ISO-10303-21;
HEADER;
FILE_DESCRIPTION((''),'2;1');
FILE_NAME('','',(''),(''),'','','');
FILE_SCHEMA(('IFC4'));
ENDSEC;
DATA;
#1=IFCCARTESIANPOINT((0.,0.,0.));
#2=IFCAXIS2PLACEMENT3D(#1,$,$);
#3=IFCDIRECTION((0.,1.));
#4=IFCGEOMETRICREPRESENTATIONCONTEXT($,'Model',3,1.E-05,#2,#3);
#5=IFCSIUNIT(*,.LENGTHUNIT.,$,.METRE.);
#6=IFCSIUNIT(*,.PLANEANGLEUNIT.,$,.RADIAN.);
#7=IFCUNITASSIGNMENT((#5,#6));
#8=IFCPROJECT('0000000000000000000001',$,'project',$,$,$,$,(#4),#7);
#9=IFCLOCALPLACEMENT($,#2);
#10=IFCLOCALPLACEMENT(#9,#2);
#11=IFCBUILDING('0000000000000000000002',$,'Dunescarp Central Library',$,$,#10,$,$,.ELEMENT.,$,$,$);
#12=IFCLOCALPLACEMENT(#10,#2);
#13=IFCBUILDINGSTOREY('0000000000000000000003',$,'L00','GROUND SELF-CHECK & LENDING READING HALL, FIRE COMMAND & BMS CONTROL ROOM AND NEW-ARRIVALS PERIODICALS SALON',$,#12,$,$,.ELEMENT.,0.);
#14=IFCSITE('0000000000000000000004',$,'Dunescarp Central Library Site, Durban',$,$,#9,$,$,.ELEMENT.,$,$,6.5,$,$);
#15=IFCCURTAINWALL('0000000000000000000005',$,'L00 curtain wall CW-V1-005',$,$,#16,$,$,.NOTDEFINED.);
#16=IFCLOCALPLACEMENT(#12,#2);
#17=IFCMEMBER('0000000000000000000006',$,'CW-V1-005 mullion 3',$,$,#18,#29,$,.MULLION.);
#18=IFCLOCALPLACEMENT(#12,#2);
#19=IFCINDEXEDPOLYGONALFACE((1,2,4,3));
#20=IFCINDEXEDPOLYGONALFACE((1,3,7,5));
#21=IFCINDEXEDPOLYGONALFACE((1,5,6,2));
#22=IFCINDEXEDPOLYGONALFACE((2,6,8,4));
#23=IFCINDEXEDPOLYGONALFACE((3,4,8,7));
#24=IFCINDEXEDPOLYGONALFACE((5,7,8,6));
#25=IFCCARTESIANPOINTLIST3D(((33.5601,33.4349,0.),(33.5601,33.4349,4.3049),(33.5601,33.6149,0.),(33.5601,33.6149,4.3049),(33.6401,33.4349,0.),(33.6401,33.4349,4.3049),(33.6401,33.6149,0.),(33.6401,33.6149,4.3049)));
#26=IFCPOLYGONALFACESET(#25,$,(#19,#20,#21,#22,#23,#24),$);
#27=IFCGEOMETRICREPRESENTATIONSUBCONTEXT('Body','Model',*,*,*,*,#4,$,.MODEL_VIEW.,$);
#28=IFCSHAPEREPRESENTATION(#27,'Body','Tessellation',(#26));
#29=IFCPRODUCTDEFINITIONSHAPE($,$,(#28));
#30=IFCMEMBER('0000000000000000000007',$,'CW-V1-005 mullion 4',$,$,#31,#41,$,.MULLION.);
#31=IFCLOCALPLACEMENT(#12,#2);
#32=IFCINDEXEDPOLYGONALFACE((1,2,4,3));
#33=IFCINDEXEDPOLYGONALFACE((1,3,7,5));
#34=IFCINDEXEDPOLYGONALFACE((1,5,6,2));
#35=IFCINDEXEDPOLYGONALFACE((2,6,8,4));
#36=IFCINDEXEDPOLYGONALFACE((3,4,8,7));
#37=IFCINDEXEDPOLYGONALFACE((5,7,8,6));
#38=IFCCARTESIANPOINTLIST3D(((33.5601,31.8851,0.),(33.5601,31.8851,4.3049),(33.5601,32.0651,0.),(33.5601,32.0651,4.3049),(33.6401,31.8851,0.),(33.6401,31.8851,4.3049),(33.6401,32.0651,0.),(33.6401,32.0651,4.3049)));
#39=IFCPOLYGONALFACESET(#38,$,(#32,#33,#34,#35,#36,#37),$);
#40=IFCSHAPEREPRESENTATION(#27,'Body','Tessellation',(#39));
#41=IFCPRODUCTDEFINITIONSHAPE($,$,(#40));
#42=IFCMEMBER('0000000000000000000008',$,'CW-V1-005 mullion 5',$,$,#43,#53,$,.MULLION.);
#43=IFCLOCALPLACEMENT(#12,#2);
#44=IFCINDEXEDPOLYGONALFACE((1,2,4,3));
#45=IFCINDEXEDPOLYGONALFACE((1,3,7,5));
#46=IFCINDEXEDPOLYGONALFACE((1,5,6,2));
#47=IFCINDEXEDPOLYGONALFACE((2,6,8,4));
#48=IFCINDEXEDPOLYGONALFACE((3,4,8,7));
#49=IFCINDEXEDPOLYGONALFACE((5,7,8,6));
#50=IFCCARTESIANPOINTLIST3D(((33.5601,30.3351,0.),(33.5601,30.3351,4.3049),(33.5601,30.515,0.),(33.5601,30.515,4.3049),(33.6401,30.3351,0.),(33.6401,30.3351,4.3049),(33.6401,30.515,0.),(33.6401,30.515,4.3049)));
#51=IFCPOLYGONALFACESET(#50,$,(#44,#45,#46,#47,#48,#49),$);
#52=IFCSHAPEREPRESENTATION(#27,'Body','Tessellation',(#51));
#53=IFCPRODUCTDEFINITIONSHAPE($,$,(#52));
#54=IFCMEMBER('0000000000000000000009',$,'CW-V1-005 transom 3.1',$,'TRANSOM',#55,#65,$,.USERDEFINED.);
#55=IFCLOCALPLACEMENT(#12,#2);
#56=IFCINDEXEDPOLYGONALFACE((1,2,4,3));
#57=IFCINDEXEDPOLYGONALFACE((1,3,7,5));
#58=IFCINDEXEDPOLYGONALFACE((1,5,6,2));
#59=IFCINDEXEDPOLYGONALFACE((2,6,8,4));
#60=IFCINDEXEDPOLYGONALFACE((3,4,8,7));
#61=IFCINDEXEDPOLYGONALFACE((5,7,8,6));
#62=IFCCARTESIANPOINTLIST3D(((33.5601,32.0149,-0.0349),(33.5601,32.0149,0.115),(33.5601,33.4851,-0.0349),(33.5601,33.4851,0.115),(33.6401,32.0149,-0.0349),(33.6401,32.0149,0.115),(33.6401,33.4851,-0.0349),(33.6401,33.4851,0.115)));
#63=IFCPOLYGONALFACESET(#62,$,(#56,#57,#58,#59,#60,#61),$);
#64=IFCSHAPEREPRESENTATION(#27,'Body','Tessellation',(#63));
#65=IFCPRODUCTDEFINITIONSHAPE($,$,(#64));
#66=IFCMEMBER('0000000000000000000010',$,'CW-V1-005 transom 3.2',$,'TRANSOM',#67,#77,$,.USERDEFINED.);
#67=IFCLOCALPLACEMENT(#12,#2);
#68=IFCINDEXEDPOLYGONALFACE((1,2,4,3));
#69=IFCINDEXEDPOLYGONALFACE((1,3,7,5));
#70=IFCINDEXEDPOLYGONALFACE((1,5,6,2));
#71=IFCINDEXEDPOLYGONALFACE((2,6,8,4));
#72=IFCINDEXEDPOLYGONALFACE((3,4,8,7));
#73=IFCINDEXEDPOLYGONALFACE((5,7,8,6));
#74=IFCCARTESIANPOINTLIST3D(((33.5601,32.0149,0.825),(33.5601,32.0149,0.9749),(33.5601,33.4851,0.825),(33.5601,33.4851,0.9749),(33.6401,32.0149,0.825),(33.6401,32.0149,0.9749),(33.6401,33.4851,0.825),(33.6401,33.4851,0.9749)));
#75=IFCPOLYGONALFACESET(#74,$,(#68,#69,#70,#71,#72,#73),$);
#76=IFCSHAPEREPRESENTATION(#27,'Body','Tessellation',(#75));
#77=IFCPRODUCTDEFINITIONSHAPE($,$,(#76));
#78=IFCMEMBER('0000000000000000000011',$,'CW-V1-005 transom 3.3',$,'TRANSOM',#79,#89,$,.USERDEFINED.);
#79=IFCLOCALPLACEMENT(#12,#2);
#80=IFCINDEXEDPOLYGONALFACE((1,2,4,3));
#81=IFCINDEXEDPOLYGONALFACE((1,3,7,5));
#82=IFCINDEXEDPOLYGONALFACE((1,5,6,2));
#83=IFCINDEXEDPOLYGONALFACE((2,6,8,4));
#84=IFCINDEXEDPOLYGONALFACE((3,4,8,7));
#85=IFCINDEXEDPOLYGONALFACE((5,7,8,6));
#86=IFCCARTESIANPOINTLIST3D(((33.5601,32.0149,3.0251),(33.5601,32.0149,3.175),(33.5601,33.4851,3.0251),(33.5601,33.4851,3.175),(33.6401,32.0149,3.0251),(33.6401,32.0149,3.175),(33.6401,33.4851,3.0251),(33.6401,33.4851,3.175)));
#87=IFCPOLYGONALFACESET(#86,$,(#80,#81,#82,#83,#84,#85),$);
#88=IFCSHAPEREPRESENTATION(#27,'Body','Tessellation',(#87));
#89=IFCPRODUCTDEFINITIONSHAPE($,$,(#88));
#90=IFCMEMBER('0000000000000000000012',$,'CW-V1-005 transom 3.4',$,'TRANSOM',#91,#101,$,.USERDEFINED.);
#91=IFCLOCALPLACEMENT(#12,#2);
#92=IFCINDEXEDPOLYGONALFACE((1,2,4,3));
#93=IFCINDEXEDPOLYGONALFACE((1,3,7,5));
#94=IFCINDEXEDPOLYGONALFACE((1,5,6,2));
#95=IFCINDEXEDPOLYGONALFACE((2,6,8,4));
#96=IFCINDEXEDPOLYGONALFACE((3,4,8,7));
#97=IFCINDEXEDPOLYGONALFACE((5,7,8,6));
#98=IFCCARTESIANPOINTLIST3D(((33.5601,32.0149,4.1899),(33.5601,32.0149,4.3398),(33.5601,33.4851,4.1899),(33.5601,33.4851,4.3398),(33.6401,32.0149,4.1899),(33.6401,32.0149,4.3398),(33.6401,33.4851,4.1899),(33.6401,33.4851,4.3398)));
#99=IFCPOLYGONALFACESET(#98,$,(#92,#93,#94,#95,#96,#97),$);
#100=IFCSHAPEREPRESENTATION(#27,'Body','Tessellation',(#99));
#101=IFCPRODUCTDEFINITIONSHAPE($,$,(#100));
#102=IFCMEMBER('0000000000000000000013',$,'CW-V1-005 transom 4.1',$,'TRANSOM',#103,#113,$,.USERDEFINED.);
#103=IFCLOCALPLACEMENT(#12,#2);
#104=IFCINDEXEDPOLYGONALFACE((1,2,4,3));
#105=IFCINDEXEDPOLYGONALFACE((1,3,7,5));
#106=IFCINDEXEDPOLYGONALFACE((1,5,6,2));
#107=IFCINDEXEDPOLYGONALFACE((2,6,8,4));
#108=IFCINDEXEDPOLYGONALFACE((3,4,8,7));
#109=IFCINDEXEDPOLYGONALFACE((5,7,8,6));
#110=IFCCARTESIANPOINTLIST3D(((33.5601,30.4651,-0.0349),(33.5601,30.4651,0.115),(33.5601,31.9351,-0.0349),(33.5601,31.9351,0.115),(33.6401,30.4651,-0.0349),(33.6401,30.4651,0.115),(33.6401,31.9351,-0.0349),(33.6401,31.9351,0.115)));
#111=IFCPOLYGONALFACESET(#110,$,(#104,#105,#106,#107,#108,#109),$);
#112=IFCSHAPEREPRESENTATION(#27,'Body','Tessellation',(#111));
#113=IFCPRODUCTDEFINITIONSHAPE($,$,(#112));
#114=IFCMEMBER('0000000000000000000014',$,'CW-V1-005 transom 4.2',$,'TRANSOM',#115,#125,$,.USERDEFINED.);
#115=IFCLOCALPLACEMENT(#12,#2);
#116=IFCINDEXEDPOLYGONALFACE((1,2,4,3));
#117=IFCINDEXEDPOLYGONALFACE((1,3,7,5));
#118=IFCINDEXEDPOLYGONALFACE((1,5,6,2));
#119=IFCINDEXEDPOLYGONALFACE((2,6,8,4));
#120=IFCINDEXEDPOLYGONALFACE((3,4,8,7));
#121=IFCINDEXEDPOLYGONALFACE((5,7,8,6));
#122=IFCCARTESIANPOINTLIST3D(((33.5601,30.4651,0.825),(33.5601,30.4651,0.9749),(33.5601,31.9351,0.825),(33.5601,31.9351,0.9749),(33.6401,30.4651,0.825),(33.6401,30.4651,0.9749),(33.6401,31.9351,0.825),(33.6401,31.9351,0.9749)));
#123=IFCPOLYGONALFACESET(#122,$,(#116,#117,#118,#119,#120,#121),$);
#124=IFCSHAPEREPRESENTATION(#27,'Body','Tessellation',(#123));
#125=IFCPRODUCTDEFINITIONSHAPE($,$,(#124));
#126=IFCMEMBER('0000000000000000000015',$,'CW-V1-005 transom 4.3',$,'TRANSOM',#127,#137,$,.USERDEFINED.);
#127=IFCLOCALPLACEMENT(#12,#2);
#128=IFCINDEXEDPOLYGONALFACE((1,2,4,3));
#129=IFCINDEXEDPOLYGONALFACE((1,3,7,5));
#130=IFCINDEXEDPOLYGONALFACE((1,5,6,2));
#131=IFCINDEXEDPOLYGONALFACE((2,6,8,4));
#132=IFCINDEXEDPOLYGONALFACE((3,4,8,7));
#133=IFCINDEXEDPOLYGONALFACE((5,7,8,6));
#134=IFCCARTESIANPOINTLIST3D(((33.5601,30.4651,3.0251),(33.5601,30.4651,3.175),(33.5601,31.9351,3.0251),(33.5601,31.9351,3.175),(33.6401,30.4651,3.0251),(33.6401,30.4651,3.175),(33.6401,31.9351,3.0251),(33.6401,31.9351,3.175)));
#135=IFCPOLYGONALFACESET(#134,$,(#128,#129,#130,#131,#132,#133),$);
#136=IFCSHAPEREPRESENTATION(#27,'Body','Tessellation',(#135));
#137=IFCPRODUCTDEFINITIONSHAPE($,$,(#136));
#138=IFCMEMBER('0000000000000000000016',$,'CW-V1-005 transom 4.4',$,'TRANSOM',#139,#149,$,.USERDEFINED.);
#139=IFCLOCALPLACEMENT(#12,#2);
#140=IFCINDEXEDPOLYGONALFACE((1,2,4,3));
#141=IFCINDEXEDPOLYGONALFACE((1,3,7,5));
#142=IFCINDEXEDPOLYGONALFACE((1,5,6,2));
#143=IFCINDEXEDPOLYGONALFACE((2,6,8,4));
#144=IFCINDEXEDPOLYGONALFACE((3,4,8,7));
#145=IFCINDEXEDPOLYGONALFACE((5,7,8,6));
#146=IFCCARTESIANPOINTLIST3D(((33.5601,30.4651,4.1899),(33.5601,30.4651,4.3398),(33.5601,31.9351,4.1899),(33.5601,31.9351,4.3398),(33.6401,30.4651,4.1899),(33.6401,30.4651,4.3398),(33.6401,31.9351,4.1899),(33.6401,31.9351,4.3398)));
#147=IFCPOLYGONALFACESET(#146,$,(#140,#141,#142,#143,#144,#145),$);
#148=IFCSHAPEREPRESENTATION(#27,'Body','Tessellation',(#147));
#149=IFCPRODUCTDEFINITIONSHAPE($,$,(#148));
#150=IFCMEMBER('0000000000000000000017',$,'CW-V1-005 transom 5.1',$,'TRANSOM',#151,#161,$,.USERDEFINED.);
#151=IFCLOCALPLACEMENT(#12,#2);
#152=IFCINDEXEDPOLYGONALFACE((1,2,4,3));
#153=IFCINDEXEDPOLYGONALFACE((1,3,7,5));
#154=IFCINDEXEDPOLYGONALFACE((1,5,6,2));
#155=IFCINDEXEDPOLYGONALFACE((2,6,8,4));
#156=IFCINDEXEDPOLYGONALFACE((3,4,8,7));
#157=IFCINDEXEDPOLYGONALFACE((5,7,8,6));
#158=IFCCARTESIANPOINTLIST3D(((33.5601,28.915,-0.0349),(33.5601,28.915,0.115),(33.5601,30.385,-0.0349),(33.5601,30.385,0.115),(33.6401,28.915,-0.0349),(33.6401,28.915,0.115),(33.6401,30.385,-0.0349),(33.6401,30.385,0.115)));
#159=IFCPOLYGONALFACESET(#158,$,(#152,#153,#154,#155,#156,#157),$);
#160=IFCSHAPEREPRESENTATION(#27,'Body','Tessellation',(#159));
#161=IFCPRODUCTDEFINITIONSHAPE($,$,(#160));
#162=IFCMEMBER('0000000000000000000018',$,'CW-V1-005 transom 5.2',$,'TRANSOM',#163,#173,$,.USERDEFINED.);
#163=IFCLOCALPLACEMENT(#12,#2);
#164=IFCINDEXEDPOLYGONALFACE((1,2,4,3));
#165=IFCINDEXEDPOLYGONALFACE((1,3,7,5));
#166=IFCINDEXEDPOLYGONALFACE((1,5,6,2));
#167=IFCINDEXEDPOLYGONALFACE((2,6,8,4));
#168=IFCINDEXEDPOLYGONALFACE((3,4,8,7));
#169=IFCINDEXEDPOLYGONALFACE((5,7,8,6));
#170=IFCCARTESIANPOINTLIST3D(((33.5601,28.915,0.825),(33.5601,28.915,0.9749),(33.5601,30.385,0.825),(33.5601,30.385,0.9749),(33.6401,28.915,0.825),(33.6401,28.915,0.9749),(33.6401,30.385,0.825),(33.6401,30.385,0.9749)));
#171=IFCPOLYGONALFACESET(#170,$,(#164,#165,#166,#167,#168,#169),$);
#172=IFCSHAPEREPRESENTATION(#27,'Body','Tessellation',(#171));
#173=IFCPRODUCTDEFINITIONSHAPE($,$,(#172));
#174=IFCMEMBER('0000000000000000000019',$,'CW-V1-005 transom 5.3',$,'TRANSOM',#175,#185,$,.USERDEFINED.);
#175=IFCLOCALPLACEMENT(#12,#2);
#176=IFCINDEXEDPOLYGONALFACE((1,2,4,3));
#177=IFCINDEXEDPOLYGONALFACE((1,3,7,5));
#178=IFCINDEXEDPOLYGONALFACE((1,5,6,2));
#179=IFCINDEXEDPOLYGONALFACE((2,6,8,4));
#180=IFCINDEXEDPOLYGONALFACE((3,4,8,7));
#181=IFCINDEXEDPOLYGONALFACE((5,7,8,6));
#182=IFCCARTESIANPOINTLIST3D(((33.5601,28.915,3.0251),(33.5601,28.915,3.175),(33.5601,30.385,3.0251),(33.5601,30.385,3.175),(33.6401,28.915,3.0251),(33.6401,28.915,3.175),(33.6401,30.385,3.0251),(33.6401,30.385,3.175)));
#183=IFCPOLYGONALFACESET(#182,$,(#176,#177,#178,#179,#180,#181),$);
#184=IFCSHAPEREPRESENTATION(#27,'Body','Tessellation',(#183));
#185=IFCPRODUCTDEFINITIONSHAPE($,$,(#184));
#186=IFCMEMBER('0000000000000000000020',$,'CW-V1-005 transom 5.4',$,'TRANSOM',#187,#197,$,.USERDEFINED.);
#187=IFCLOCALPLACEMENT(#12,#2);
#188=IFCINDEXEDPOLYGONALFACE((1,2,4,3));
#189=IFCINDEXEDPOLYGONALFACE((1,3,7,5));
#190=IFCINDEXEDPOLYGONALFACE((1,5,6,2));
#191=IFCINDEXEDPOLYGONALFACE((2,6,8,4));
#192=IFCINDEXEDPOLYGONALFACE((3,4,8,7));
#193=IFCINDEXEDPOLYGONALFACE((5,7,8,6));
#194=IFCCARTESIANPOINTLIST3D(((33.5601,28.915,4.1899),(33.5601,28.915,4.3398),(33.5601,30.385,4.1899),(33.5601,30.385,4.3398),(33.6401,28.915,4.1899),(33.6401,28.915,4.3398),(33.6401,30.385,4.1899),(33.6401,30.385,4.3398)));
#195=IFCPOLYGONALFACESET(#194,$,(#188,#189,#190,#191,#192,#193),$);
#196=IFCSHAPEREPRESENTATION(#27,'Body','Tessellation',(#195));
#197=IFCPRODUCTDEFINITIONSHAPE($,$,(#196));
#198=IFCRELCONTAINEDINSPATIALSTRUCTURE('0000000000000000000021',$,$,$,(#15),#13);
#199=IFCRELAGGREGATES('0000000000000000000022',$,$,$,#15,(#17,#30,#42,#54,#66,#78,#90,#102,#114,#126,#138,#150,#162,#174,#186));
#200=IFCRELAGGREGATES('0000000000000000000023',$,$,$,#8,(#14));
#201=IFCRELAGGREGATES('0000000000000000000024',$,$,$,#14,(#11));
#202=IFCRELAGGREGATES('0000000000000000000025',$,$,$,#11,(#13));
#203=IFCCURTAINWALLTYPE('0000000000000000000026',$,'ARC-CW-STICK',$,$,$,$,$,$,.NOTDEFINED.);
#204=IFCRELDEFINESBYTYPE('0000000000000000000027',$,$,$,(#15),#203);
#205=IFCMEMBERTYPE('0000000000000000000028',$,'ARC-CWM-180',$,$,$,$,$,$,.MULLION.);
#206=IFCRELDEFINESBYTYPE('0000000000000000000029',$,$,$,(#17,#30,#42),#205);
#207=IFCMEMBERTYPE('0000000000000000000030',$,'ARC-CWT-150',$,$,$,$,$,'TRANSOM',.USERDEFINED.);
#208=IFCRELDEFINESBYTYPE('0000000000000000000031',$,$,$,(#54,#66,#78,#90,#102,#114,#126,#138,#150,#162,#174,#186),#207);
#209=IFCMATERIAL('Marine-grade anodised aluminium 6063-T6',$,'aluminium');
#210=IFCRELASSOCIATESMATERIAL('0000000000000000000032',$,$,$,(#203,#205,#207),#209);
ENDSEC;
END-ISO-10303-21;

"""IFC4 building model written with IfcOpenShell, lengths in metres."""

from ifc_helpers import new_model, si_unit, direction, frame, origin, origin_2d, place, context, subcontext, project, spatial, rectangle, extrude, material, material_profile, profile_set, type_object, element, aggregate, save


model = new_model("IFC4")

# Units and contexts
model_context = context("Model", 3, precision=1e-05, world=origin(), true_north=direction((0.0, 1.0)))
body_context = subcontext(model_context, "Body", "Model", "MODEL_VIEW")
ifc_project = project(units=[si_unit("LENGTHUNIT", "METRE"), si_unit("PLANEANGLEUNIT", "RADIAN")], contexts=[model_context])

# Site, building, storey
site_placement = place(None, origin())
site = spatial("IfcSite", under=ifc_project, at=site_placement, Name="Dunescarp Central Library Site, Durban", CompositionType="ELEMENT", RefElevation=6.5)
building_placement = place(site_placement, origin())
building = spatial("IfcBuilding", under=site, at=building_placement, Name="Dunescarp Central Library", CompositionType="ELEMENT")
storey_placement = place(building_placement, origin())
storey = spatial("IfcBuildingStorey", under=building, at=storey_placement, Name="L00", Description="GROUND SELF-CHECK & LENDING READING HALL, FIRE COMMAND & BMS CONTROL ROOM AND NEW-ARRIVALS PERIODICALS SALON", CompositionType="ELEMENT", Elevation=0.0)

# Curtain wall, members
ifc_material_1 = material(Name="Marine-grade anodised aluminium 6063-T6", Category="aluminium")
curtain_wall_type = type_object("IfcCurtainWallType", Name="ARC-CW-STICK", PredefinedType="NOTDEFINED", material=ifc_material_1)
curtain_wall_placement = place(storey_placement, origin())
curtain_wall = element("IfcCurtainWall", 1, at=curtain_wall_placement, inside=storey, type_object=curtain_wall_type, Name="L00 curtain wall CW-V1-005", PredefinedType="NOTDEFINED")
ifc_material_profile_1 = material_profile(ifc_material_1, rectangle(XDim=0.0801, YDim=0.1799, at=origin_2d()), Name="AL 80x180")
ifc_profile_set_1 = profile_set([ifc_material_profile_1], Name="Marine-grade anodised aluminium 6063-T6")
member_type_1 = type_object("IfcMemberType", Name="ARC-CWM-180", PredefinedType="MULLION", material=ifc_profile_set_1)
member_1_placement = place(storey_placement, frame((33.6001, 33.5249, 0.0), z_axis=(0.0, 0.0, 1.0), x_axis=(1.0, 0.0, 0.0)))
member_1 = element("IfcMember", 2, at=member_1_placement, type_object=member_type_1, Name="CW-V1-005 mullion 3", PredefinedType="MULLION", context=body_context, shape_type="SweptSolid", body=[
    extrude(rectangle(XDim=0.0801, YDim=0.1799, at=origin_2d()), origin(), (0.0, 0.0, 1.0), 4.3049),
])
member_2_placement = place(storey_placement, frame((33.6001, 31.9751, 0.0), z_axis=(0.0, 0.0, 1.0), x_axis=(1.0, 0.0, 0.0)))
member_2 = element("IfcMember", 3, at=member_2_placement, type_object=member_type_1, Name="CW-V1-005 mullion 4", PredefinedType="MULLION", context=body_context, shape_type="SweptSolid", body=[
    extrude(rectangle(XDim=0.0801, YDim=0.1799, at=origin_2d()), origin(), (0.0, 0.0, 1.0), 4.3049),
])
member_3_placement = place(storey_placement, frame((33.6001, 30.425, 0.0), z_axis=(0.0, 0.0, 1.0), x_axis=(1.0, 0.0, 0.0)))
member_3 = element("IfcMember", 4, at=member_3_placement, type_object=member_type_1, Name="CW-V1-005 mullion 5", PredefinedType="MULLION", context=body_context, shape_type="SweptSolid", body=[
    extrude(rectangle(XDim=0.0801, YDim=0.1799, at=origin_2d()), origin(), (0.0, 0.0, 1.0), 4.3049),
])
ifc_material_profile_2 = material_profile(ifc_material_1, rectangle(XDim=0.0801, YDim=0.1499, at=origin_2d()), Name="AL 80x150")
ifc_profile_set_2 = profile_set([ifc_material_profile_2], Name="Marine-grade anodised aluminium 6063-T6")
member_type_2 = type_object("IfcMemberType", Name="ARC-CWT-150", ElementType="TRANSOM", PredefinedType="USERDEFINED", material=ifc_profile_set_2)
member_4_placement = place(storey_placement, frame((33.6001, 33.4851, 0.04), z_axis=(0.0, -1.0, 0.0), x_axis=(1.0, 0.0, 0.0)))
member_4 = element("IfcMember", 5, at=member_4_placement, type_object=member_type_2, Name="CW-V1-005 transom 3.1", ObjectType="TRANSOM", PredefinedType="USERDEFINED", context=body_context, shape_type="SweptSolid", body=[
    extrude(rectangle(XDim=0.0801, YDim=0.1499, at=origin_2d()), origin(), (0.0, 0.0, 1.0), 1.4702),
])
member_5_placement = place(storey_placement, frame((33.6001, 33.4851, 0.8999), z_axis=(0.0, -1.0, 0.0), x_axis=(1.0, 0.0, 0.0)))
member_5 = element("IfcMember", 6, at=member_5_placement, type_object=member_type_2, Name="CW-V1-005 transom 3.2", ObjectType="TRANSOM", PredefinedType="USERDEFINED", context=body_context, shape_type="SweptSolid", body=[
    extrude(rectangle(XDim=0.0801, YDim=0.1499, at=origin_2d()), origin(), (0.0, 0.0, 1.0), 1.4702),
])
member_6_placement = place(storey_placement, frame((33.6001, 33.4851, 3.1001), z_axis=(0.0, -1.0, 0.0), x_axis=(1.0, 0.0, 0.0)))
member_6 = element("IfcMember", 7, at=member_6_placement, type_object=member_type_2, Name="CW-V1-005 transom 3.3", ObjectType="TRANSOM", PredefinedType="USERDEFINED", context=body_context, shape_type="SweptSolid", body=[
    extrude(rectangle(XDim=0.0801, YDim=0.1499, at=origin_2d()), origin(), (0.0, 0.0, 1.0), 1.4702),
])
member_7_placement = place(storey_placement, frame((33.6001, 33.4851, 4.2649), z_axis=(0.0, -1.0, 0.0), x_axis=(1.0, 0.0, 0.0)))
member_7 = element("IfcMember", 8, at=member_7_placement, type_object=member_type_2, Name="CW-V1-005 transom 3.4", ObjectType="TRANSOM", PredefinedType="USERDEFINED", context=body_context, shape_type="SweptSolid", body=[
    extrude(rectangle(XDim=0.0801, YDim=0.1499, at=origin_2d()), origin(), (0.0, 0.0, 1.0), 1.4702),
])
member_8_placement = place(storey_placement, frame((33.6001, 31.9351, 0.04), z_axis=(0.0, -1.0, 0.0), x_axis=(1.0, 0.0, 0.0)))
member_8 = element("IfcMember", 9, at=member_8_placement, type_object=member_type_2, Name="CW-V1-005 transom 4.1", ObjectType="TRANSOM", PredefinedType="USERDEFINED", context=body_context, shape_type="SweptSolid", body=[
    extrude(rectangle(XDim=0.0801, YDim=0.1499, at=origin_2d()), origin(), (0.0, 0.0, 1.0), 1.47),
])
member_9_placement = place(storey_placement, frame((33.6001, 31.9351, 0.8999), z_axis=(0.0, -1.0, 0.0), x_axis=(1.0, 0.0, 0.0)))
member_9 = element("IfcMember", 10, at=member_9_placement, type_object=member_type_2, Name="CW-V1-005 transom 4.2", ObjectType="TRANSOM", PredefinedType="USERDEFINED", context=body_context, shape_type="SweptSolid", body=[
    extrude(rectangle(XDim=0.0801, YDim=0.1499, at=origin_2d()), origin(), (0.0, 0.0, 1.0), 1.47),
])
member_10_placement = place(storey_placement, frame((33.6001, 31.9351, 3.1001), z_axis=(0.0, -1.0, 0.0), x_axis=(1.0, 0.0, 0.0)))
member_10 = element("IfcMember", 11, at=member_10_placement, type_object=member_type_2, Name="CW-V1-005 transom 4.3", ObjectType="TRANSOM", PredefinedType="USERDEFINED", context=body_context, shape_type="SweptSolid", body=[
    extrude(rectangle(XDim=0.0801, YDim=0.1499, at=origin_2d()), origin(), (0.0, 0.0, 1.0), 1.47),
])
member_11_placement = place(storey_placement, frame((33.6001, 31.9351, 4.2649), z_axis=(0.0, -1.0, 0.0), x_axis=(1.0, 0.0, 0.0)))
member_11 = element("IfcMember", 12, at=member_11_placement, type_object=member_type_2, Name="CW-V1-005 transom 4.4", ObjectType="TRANSOM", PredefinedType="USERDEFINED", context=body_context, shape_type="SweptSolid", body=[
    extrude(rectangle(XDim=0.0801, YDim=0.1499, at=origin_2d()), origin(), (0.0, 0.0, 1.0), 1.47),
])
member_12_placement = place(storey_placement, frame((33.6001, 30.385, 0.04), z_axis=(0.0, -1.0, 0.0), x_axis=(1.0, 0.0, 0.0)))
member_12 = element("IfcMember", 13, at=member_12_placement, type_object=member_type_2, Name="CW-V1-005 transom 5.1", ObjectType="TRANSOM", PredefinedType="USERDEFINED", context=body_context, shape_type="SweptSolid", body=[
    extrude(rectangle(XDim=0.0801, YDim=0.1499, at=origin_2d()), origin(), (0.0, 0.0, 1.0), 1.47),
])
member_13_placement = place(storey_placement, frame((33.6001, 30.385, 0.8999), z_axis=(0.0, -1.0, 0.0), x_axis=(1.0, 0.0, 0.0)))
member_13 = element("IfcMember", 14, at=member_13_placement, type_object=member_type_2, Name="CW-V1-005 transom 5.2", ObjectType="TRANSOM", PredefinedType="USERDEFINED", context=body_context, shape_type="SweptSolid", body=[
    extrude(rectangle(XDim=0.0801, YDim=0.1499, at=origin_2d()), origin(), (0.0, 0.0, 1.0), 1.47),
])
member_14_placement = place(storey_placement, frame((33.6001, 30.385, 3.1001), z_axis=(0.0, -1.0, 0.0), x_axis=(1.0, 0.0, 0.0)))
member_14 = element("IfcMember", 15, at=member_14_placement, type_object=member_type_2, Name="CW-V1-005 transom 5.3", ObjectType="TRANSOM", PredefinedType="USERDEFINED", context=body_context, shape_type="SweptSolid", body=[
    extrude(rectangle(XDim=0.0801, YDim=0.1499, at=origin_2d()), origin(), (0.0, 0.0, 1.0), 1.47),
])
member_15_placement = place(storey_placement, frame((33.6001, 30.385, 4.2649), z_axis=(0.0, -1.0, 0.0), x_axis=(1.0, 0.0, 0.0)))
member_15 = element("IfcMember", 16, at=member_15_placement, type_object=member_type_2, Name="CW-V1-005 transom 5.4", ObjectType="TRANSOM", PredefinedType="USERDEFINED", context=body_context, shape_type="SweptSolid", body=[
    extrude(rectangle(XDim=0.0801, YDim=0.1499, at=origin_2d()), origin(), (0.0, 0.0, 1.0), 1.47),
])
aggregate(curtain_wall, [member_1, member_2, member_3, member_4, member_5, member_6, member_7, member_8, member_9, member_10, member_11, member_12, member_13, member_14, member_15])

save(model, "model.ifc")
